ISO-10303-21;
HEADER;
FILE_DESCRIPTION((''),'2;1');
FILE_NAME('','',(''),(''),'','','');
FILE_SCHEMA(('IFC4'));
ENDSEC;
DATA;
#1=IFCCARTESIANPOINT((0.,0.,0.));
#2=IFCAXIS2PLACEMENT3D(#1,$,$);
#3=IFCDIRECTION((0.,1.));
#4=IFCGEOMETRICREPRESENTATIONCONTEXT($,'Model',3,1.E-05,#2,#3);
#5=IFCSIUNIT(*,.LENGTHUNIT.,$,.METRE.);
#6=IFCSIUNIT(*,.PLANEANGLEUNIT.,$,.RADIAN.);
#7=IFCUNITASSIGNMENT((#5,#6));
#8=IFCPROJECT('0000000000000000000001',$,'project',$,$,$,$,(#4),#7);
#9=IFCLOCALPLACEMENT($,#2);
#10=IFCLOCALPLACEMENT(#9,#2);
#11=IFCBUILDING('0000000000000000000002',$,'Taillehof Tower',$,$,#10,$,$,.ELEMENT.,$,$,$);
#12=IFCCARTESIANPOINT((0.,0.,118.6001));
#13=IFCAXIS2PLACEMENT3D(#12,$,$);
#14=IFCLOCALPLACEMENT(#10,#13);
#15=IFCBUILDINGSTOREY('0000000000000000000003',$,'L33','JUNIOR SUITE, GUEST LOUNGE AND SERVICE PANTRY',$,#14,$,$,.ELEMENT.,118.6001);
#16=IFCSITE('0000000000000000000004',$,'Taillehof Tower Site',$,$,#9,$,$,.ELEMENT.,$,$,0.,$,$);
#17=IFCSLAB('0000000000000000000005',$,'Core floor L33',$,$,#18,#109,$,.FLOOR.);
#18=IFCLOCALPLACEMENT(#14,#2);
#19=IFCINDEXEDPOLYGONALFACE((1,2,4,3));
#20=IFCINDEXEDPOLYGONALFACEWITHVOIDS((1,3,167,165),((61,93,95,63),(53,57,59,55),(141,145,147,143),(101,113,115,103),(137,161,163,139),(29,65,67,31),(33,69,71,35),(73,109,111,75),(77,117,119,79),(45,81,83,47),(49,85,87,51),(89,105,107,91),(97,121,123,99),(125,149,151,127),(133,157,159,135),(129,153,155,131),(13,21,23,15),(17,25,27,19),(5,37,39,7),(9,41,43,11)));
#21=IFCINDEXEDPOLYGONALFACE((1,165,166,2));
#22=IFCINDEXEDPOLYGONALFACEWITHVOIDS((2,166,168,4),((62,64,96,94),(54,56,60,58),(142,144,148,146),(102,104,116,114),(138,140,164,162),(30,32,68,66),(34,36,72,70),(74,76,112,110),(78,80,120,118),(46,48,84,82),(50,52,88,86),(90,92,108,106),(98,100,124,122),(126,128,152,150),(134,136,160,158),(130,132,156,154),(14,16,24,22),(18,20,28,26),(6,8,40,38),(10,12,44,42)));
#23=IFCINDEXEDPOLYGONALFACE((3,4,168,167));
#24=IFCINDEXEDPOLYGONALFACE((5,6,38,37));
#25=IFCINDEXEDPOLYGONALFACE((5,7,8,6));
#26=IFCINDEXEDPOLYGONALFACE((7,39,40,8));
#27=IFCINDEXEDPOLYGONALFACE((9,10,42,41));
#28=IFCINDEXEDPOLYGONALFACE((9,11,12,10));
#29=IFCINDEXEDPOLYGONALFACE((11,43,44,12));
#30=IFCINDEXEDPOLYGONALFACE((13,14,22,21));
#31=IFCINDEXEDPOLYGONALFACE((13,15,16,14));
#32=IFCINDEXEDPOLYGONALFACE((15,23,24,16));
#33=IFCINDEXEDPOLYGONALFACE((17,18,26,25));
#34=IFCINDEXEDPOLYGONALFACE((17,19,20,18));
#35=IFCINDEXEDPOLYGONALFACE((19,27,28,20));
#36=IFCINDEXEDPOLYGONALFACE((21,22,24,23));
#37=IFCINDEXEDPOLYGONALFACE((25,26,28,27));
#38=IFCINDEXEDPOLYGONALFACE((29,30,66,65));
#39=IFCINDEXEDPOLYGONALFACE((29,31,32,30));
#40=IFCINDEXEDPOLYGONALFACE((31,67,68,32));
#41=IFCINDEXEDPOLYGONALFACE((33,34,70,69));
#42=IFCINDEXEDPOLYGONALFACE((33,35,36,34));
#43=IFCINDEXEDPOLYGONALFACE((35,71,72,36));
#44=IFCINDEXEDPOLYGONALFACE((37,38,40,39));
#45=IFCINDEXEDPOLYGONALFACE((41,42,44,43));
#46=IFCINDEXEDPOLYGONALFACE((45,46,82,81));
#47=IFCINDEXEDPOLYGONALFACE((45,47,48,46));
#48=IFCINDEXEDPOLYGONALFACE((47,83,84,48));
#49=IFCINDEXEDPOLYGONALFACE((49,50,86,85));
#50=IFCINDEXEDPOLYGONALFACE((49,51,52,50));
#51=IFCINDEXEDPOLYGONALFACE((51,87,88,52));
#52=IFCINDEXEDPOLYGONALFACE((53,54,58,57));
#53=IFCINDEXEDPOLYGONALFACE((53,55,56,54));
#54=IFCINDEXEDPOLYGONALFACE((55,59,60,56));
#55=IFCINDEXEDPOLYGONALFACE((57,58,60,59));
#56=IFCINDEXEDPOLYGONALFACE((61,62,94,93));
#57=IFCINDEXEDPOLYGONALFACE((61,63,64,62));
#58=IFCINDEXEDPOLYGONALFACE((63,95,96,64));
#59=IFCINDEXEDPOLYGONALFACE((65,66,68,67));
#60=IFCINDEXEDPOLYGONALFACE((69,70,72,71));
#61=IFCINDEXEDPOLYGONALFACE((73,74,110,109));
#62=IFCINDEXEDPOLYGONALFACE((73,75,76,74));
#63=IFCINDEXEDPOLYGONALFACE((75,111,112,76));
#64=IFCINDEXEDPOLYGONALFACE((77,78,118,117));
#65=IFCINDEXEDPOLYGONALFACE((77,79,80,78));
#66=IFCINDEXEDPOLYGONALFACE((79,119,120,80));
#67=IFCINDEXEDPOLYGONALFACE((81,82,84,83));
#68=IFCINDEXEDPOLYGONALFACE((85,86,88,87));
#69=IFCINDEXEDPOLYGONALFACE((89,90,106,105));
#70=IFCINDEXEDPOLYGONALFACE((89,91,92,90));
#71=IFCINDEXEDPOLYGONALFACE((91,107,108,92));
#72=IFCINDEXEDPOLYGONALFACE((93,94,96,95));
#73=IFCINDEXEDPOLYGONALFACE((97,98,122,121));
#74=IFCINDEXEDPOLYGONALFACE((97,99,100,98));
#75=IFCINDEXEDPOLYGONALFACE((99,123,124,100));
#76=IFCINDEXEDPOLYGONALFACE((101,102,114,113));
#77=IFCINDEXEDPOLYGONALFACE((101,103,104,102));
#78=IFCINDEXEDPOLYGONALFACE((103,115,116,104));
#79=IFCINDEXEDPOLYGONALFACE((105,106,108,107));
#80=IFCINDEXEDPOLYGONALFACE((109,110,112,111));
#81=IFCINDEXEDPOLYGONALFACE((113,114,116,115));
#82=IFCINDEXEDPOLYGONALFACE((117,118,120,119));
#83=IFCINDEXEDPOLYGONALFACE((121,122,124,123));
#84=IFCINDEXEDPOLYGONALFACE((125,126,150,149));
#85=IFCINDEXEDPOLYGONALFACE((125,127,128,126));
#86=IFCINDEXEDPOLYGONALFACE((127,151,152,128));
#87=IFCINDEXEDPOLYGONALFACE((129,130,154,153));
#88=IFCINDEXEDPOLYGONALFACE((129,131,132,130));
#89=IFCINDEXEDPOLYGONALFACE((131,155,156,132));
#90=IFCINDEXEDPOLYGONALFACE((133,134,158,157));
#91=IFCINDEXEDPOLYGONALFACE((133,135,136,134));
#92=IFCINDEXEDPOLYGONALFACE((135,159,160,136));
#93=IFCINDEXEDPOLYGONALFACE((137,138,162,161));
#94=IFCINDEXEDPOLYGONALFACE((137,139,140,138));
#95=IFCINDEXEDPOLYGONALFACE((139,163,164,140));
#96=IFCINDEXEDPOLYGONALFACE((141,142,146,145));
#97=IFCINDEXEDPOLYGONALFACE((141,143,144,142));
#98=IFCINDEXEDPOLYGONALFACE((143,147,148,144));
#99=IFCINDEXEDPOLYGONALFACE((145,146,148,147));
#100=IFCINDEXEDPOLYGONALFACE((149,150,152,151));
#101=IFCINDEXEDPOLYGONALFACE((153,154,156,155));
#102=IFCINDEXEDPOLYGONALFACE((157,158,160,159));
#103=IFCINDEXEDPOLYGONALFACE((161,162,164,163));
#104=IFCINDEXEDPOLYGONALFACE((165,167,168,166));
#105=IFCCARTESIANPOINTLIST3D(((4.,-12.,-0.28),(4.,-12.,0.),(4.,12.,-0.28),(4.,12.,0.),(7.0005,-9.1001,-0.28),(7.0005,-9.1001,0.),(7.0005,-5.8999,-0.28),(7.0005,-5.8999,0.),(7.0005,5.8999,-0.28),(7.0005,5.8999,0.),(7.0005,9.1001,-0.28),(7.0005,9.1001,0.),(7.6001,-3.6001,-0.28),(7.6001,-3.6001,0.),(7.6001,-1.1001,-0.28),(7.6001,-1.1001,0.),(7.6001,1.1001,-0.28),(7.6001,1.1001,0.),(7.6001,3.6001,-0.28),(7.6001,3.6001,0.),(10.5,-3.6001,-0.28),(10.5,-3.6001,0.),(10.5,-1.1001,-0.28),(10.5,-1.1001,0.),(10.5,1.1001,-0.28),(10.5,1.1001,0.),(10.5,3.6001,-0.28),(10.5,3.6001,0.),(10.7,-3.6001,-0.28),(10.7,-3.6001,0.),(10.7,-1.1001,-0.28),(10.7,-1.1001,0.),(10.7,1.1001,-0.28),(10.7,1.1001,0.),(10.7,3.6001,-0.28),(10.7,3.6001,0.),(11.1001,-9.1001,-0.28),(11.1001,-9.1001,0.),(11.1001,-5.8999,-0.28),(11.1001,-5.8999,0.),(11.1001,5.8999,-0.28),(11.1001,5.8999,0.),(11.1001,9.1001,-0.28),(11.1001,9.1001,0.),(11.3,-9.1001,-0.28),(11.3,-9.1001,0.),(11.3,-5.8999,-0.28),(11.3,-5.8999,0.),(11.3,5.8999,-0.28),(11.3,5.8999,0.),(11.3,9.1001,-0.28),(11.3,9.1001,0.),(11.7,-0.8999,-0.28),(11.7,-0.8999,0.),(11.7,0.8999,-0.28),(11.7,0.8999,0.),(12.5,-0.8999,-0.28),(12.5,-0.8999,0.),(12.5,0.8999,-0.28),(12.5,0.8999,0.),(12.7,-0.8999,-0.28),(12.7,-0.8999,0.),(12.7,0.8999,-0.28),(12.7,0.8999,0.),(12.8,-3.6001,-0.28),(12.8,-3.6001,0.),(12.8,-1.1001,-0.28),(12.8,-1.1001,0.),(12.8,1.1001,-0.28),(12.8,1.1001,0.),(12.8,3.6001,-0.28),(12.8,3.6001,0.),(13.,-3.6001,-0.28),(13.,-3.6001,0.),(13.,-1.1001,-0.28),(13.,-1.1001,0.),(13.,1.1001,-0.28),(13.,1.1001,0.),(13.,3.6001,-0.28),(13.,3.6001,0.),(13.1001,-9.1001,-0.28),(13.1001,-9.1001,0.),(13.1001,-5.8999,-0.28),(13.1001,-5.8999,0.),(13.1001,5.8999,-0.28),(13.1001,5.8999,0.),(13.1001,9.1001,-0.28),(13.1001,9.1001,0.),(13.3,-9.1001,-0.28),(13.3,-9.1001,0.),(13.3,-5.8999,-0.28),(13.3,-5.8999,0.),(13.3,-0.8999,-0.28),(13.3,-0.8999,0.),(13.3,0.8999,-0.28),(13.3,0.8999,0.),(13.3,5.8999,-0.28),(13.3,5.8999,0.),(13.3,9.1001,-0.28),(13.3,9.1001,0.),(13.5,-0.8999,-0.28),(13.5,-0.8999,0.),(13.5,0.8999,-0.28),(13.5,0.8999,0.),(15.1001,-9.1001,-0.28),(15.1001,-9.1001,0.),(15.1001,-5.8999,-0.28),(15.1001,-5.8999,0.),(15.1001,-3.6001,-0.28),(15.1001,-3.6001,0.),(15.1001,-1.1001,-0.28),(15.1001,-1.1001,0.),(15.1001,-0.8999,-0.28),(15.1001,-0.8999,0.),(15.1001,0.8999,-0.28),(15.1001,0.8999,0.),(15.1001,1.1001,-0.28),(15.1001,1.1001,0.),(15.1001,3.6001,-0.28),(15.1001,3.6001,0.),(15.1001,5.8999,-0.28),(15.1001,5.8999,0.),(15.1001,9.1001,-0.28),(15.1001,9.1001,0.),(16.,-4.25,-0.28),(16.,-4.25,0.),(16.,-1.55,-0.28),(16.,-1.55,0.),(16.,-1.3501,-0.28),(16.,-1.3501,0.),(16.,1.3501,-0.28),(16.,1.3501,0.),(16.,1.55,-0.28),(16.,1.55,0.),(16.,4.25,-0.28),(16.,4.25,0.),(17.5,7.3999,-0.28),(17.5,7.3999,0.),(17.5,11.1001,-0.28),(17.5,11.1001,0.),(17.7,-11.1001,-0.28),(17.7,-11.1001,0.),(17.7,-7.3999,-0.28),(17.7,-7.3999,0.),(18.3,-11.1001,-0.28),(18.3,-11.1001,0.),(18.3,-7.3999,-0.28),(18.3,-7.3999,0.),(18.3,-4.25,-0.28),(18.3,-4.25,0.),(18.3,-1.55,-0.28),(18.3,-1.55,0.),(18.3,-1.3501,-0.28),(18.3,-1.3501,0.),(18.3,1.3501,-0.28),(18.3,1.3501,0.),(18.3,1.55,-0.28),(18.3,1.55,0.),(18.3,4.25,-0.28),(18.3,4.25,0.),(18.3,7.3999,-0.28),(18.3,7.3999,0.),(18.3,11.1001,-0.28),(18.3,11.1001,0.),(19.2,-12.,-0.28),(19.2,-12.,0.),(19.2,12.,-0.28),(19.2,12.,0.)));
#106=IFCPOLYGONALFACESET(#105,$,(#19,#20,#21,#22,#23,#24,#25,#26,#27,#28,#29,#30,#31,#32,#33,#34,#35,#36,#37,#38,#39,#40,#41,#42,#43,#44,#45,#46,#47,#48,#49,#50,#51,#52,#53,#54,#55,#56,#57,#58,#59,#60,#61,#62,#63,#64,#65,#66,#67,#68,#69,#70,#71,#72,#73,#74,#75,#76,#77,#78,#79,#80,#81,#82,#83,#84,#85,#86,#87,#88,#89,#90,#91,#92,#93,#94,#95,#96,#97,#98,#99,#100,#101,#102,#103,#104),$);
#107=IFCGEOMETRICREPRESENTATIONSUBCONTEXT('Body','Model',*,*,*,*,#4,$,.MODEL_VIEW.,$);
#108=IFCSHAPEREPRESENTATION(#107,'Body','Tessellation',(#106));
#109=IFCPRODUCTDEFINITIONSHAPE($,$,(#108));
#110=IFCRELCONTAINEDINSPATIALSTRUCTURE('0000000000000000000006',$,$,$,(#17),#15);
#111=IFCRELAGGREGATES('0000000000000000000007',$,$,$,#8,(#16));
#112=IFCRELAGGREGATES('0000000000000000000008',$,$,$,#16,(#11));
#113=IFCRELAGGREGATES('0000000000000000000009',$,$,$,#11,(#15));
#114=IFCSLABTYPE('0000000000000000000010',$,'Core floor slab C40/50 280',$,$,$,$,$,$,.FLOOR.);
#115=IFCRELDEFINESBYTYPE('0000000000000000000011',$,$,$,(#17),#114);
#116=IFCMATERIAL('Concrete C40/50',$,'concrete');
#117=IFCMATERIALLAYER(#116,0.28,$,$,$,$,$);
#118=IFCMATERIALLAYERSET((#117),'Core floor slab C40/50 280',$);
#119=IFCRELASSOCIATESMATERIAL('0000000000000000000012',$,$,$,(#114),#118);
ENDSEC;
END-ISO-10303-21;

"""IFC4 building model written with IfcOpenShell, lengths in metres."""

from ifc_helpers import new_model, si_unit, direction, frame, origin, place, context, subcontext, project, spatial, polyline, outline, extrude, material, layer, layer_set, type_object, element, save


model = new_model("IFC4")

# Units and contexts
model_context = context("Model", 3, precision=1e-05, world=origin(), true_north=direction((0.0, 1.0)))
body_context = subcontext(model_context, "Body", "Model", "MODEL_VIEW")
ifc_project = project(units=[si_unit("LENGTHUNIT", "METRE"), si_unit("PLANEANGLEUNIT", "RADIAN")], contexts=[model_context])

# Site, building, storey
site_placement = place(None, origin())
site = spatial("IfcSite", under=ifc_project, at=site_placement, Name="Taillehof Tower Site", CompositionType="ELEMENT", RefElevation=0.0)
building_placement = place(site_placement, origin())
building = spatial("IfcBuilding", under=site, at=building_placement, Name="Taillehof Tower", CompositionType="ELEMENT")
storey_placement = place(building_placement, frame((0.0, 0.0, 118.6001)))
storey = spatial("IfcBuildingStorey", under=building, at=storey_placement, Name="L33", Description="JUNIOR SUITE, GUEST LOUNGE AND SERVICE PANTRY", CompositionType="ELEMENT", Elevation=118.6001)

# Slab
ifc_material_1 = material(Name="Concrete C40/50", Category="concrete")
ifc_layer_1 = layer(ifc_material_1, 0.28)
ifc_layer_set_1 = layer_set([ifc_layer_1], Name="Core floor slab C40/50 280")
slab_type_1 = type_object("IfcSlabType", Name="Core floor slab C40/50 280", PredefinedType="FLOOR", material=ifc_layer_set_1)
slab_1_placement = place(storey_placement, frame((0.0, 0.0, -0.28)))
element("IfcSlab", 1, at=slab_1_placement, inside=storey, type_object=slab_type_1, Name="Core floor L33", PredefinedType="FLOOR", context=body_context, shape_type="SweptSolid", body=[
    extrude(outline(polyline([(4.0, -12.0), (4.0, 12.0), (19.2, 12.0), (19.2, -12.0), (4.0, -12.0)]), holes=[polyline([(7.0005, -9.1001), (11.1001, -9.1001), (11.1001, -5.8999), (7.0005, -5.8999), (7.0005, -9.1001)]), polyline([(13.1001, -9.1001), (13.1001, -5.8999), (11.3, -5.8999), (11.3, -9.1001), (13.1001, -9.1001)]), polyline([(10.5, -3.6001), (10.5, -1.1001), (7.6001, -1.1001), (7.6001, -3.6001), (10.5, -3.6001)]), polyline([(10.7, -3.6001), (12.8, -3.6001), (12.8, -1.1001), (10.7, -1.1001), (10.7, -3.6001)]), polyline([(11.7, -0.8999), (12.5, -0.8999), (12.5, 0.8999), (11.7, 0.8999), (11.7, -0.8999)]), polyline([(13.3, -0.8999), (13.3, 0.8999), (12.7, 0.8999), (12.7, -0.8999), (13.3, -0.8999)]), polyline([(10.5, 1.1001), (10.5, 3.6001), (7.6001, 3.6001), (7.6001, 1.1001), (10.5, 1.1001)]), polyline([(12.8, 1.1001), (12.8, 3.6001), (10.7, 3.6001), (10.7, 1.1001), (12.8, 1.1001)]), polyline([(11.3, 5.8999), (13.1001, 5.8999), (13.1001, 9.1001), (11.3, 9.1001), (11.3, 5.8999)]), polyline([(7.0005, 5.8999), (11.1001, 5.8999), (11.1001, 9.1001), (7.0005, 9.1001), (7.0005, 5.8999)]), polyline([(18.3, -11.1001), (18.3, -7.3999), (17.7, -7.3999), (17.7, -11.1001), (18.3, -11.1001)]), polyline([(15.1001, -9.1001), (15.1001, -5.8999), (13.3, -5.8999), (13.3, -9.1001), (15.1001, -9.1001)]), polyline([(18.3, -4.25), (18.3, -1.55), (16.0, -1.55), (16.0, -4.25), (18.3, -4.25)]), polyline([(13.0, -3.6001), (15.1001, -3.6001), (15.1001, -1.1001), (13.0, -1.1001), (13.0, -3.6001)]), polyline([(13.5, -0.8999), (15.1001, -0.8999), (15.1001, 0.8999), (13.5, 0.8999), (13.5, -0.8999)]), polyline([(18.3, -1.3501), (18.3, 1.3501), (16.0, 1.3501), (16.0, -1.3501), (18.3, -1.3501)]), polyline([(15.1001, 1.1001), (15.1001, 3.6001), (13.0, 3.6001), (13.0, 1.1001), (15.1001, 1.1001)]), polyline([(18.3, 1.55), (18.3, 4.25), (16.0, 4.25), (16.0, 1.55), (18.3, 1.55)]), polyline([(13.3, 5.8999), (15.1001, 5.8999), (15.1001, 9.1001), (13.3, 9.1001), (13.3, 5.8999)]), polyline([(17.5, 7.3999), (18.3, 7.3999), (18.3, 11.1001), (17.5, 11.1001), (17.5, 7.3999)])]), origin(), (0.0, 0.0, 1.0), 0.28),
])

save(model, "model.ifc")
